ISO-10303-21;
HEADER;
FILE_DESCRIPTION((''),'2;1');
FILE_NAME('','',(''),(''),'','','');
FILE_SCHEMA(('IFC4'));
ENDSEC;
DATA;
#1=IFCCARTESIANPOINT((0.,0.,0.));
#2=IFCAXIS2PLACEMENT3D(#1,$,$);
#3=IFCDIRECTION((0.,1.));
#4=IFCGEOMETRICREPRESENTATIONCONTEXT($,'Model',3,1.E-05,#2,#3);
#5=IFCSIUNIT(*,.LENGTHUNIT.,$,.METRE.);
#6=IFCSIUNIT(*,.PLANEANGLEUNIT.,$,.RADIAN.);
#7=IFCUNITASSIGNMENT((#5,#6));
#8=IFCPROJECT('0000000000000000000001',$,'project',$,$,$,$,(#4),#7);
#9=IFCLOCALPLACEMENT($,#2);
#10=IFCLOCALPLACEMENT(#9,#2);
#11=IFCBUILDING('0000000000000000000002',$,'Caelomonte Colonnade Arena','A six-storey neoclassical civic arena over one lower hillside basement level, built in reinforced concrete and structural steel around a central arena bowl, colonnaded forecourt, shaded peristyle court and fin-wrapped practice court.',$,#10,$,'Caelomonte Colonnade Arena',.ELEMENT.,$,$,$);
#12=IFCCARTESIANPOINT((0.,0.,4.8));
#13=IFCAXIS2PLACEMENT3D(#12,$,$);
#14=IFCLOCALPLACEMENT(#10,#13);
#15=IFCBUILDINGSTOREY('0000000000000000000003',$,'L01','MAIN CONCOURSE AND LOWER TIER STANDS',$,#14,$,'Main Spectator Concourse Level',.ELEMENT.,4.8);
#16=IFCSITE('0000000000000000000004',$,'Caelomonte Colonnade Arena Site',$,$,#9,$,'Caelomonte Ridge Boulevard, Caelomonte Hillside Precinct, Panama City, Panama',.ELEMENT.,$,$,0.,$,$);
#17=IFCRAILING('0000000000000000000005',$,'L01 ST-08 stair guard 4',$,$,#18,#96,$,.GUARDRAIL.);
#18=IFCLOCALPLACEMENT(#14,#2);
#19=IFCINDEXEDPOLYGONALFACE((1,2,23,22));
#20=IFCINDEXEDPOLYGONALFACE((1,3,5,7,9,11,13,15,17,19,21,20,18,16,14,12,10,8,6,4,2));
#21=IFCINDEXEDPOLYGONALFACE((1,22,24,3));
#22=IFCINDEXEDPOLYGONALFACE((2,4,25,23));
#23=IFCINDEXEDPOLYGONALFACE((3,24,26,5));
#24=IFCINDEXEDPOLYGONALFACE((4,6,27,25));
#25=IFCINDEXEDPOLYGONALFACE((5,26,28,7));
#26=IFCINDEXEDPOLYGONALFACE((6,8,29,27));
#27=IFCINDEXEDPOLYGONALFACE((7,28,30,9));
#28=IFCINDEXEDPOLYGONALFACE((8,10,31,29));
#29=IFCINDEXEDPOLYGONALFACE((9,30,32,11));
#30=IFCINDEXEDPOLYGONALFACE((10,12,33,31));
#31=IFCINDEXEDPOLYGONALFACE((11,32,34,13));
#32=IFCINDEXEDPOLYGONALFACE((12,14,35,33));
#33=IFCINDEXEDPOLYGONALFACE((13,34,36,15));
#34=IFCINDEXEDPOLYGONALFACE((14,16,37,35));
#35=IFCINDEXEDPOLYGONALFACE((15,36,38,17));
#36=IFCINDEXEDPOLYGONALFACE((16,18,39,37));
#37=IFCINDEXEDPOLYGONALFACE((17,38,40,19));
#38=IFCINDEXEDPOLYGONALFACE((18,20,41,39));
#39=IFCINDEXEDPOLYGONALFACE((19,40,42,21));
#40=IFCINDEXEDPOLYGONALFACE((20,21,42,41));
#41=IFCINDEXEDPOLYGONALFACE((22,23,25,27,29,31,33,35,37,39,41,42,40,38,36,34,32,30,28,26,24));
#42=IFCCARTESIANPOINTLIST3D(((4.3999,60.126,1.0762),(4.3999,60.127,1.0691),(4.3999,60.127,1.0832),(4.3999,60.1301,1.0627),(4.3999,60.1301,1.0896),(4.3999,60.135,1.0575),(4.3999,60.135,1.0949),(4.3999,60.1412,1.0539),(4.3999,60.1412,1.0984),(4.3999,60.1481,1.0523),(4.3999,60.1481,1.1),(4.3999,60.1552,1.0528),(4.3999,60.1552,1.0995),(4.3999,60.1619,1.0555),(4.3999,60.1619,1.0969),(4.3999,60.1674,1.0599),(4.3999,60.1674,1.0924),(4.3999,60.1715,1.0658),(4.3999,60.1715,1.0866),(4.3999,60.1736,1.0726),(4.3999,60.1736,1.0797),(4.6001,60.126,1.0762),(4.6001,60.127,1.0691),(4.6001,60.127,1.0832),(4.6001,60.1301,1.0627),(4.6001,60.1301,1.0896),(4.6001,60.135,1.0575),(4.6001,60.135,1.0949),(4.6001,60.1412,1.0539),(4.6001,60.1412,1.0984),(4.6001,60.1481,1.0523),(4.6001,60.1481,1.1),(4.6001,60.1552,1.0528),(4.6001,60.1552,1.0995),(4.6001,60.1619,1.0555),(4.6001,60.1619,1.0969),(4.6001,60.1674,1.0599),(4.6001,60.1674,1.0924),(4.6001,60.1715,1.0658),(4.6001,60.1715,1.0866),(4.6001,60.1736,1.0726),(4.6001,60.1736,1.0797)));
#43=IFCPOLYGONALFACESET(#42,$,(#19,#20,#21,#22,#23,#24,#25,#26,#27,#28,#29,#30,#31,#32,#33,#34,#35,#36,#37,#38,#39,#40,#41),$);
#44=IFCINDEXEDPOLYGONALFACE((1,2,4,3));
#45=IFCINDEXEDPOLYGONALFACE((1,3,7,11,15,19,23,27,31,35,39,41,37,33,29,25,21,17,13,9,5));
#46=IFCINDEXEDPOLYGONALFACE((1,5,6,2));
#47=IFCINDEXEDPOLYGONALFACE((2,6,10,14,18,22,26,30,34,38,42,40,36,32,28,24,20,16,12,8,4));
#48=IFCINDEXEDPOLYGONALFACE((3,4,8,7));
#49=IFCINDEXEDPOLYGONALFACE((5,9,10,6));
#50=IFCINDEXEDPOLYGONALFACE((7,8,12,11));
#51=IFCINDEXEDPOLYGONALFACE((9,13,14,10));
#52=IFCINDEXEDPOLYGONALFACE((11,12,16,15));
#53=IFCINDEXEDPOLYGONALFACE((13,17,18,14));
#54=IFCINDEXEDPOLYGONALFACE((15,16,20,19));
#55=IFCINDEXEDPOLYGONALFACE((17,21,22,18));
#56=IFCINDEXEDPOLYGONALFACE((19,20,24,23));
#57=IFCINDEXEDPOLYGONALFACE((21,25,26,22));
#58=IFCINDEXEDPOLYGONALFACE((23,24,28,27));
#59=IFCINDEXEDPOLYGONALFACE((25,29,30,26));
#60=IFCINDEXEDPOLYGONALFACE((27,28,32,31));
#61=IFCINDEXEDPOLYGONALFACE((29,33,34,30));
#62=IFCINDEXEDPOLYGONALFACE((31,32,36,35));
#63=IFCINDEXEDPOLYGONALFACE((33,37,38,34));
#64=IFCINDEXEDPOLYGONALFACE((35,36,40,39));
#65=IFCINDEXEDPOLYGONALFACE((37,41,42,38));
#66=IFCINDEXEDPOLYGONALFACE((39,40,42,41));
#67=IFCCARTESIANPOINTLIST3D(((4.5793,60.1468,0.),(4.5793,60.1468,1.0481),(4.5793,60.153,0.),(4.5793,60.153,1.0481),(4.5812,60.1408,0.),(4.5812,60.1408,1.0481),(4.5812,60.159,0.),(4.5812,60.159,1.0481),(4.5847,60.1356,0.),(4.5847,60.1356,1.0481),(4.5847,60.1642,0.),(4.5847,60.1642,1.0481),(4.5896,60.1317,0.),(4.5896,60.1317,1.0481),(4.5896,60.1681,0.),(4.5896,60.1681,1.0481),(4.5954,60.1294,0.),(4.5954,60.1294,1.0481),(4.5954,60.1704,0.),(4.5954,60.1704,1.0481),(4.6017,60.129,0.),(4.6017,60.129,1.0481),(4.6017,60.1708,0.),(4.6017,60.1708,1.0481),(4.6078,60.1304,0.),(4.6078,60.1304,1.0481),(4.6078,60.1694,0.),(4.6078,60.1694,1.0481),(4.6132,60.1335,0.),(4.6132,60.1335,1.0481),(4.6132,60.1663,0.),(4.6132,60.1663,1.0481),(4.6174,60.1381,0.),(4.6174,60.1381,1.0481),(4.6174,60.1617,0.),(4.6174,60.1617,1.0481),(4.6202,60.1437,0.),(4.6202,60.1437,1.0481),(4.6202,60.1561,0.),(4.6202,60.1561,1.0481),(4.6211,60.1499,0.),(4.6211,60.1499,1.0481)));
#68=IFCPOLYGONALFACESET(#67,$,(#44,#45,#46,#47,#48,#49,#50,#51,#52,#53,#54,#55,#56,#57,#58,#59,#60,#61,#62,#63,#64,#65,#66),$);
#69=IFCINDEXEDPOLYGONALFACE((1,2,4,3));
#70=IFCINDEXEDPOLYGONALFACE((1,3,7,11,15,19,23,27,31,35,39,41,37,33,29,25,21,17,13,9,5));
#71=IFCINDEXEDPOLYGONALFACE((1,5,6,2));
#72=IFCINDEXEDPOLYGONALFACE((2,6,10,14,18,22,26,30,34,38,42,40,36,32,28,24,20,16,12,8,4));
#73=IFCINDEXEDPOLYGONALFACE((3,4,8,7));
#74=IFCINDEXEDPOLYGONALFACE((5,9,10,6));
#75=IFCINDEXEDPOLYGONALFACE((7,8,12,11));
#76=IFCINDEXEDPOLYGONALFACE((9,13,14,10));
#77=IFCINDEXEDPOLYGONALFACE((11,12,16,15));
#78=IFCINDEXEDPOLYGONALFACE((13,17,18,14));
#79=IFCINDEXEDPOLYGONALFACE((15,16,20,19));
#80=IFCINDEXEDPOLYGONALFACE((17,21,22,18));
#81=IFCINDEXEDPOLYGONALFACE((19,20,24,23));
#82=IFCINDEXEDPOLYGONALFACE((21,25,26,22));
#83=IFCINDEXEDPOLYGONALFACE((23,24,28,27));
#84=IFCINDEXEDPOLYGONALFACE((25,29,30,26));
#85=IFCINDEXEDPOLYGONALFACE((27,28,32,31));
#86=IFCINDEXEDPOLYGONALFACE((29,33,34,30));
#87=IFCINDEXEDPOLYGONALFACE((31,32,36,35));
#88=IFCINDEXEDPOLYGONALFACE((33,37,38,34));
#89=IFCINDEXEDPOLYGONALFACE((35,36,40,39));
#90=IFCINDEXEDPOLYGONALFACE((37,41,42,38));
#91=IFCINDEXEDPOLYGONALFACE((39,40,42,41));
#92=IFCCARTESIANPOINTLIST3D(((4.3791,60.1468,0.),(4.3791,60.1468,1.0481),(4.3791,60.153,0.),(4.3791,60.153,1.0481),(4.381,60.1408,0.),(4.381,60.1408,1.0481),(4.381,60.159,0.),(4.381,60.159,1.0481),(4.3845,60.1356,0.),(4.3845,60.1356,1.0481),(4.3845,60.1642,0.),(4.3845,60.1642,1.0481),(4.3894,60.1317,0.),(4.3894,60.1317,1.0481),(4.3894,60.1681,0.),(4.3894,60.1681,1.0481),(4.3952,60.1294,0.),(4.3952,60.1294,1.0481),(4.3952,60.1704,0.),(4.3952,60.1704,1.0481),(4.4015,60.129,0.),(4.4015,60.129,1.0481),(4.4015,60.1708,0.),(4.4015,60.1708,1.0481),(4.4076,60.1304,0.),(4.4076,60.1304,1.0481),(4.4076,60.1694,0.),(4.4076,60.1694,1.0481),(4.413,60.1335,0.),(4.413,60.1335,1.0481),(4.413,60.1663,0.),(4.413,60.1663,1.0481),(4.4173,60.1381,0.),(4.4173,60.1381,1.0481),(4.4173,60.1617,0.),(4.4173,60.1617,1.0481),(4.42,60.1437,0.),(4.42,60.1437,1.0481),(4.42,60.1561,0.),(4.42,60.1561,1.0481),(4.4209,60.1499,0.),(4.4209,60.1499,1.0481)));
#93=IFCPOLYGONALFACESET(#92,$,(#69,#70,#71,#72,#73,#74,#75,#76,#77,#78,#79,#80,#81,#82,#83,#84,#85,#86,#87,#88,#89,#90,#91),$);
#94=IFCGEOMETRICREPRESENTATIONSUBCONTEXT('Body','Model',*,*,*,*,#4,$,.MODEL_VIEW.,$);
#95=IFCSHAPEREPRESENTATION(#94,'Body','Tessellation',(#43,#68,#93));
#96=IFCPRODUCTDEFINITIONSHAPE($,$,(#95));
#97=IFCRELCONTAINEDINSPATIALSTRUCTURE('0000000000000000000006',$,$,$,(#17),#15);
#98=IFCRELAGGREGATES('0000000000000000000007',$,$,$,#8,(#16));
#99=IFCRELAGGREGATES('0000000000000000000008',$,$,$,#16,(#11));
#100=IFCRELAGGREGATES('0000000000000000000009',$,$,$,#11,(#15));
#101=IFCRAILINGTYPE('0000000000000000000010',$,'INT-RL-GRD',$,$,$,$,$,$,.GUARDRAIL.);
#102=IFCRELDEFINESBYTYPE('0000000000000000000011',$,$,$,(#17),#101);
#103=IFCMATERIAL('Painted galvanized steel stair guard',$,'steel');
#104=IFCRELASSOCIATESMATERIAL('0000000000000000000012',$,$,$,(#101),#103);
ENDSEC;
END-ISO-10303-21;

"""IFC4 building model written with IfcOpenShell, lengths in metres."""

from ifc_helpers import new_model, si_unit, direction, frame, origin, origin_2d, place, context, subcontext, project, spatial, circle, extrude, material, type_object, element, save


model = new_model("IFC4")

# Units and contexts
model_context = context("Model", 3, precision=1e-05, world=origin(), true_north=direction((0.0, 1.0)))
body_context = subcontext(model_context, "Body", "Model", "MODEL_VIEW")
ifc_project = project(units=[si_unit("LENGTHUNIT", "METRE"), si_unit("PLANEANGLEUNIT", "RADIAN")], contexts=[model_context])

# Site, building, storey
site_placement = place(None, origin())
site = spatial("IfcSite", under=ifc_project, at=site_placement, Name="Caelomonte Colonnade Arena Site", LongName="Caelomonte Ridge Boulevard, Caelomonte Hillside Precinct, Panama City, Panama", CompositionType="ELEMENT", RefElevation=0.0)
building_placement = place(site_placement, origin())
building = spatial("IfcBuilding", under=site, at=building_placement, Name="Caelomonte Colonnade Arena", Description="A six-storey neoclassical civic arena over one lower hillside basement level, built in reinforced concrete and structural steel around a central arena bowl, colonnaded forecourt, shaded peristyle court and fin-wrapped practice court.", LongName="Caelomonte Colonnade Arena", CompositionType="ELEMENT")
storey_placement = place(building_placement, frame((0.0, 0.0, 4.8)))
storey = spatial("IfcBuildingStorey", under=building, at=storey_placement, Name="L01", Description="MAIN CONCOURSE AND LOWER TIER STANDS", LongName="Main Spectator Concourse Level", CompositionType="ELEMENT", Elevation=4.8)

# Railing
ifc_material_1 = material(Name="Painted galvanized steel stair guard", Category="steel")
railing_type_1 = type_object("IfcRailingType", Name="INT-RL-GRD", PredefinedType="GUARDRAIL", material=ifc_material_1)
railing_1_placement = place(storey_placement, frame((4.6001, 60.1499, 0.0)))
element("IfcRailing", 1, at=railing_1_placement, inside=storey, type_object=railing_type_1, Name="L01 ST-08 stair guard 4", PredefinedType="GUARDRAIL", context=body_context, shape_type="SweptSolid", body=[
    extrude(circle(Radius=0.0239, at=origin_2d()), frame((0.0, 0.0, 1.0762), z_axis=(-1.0, 0.0, 0.0), x_axis=(0.0, -1.0, 0.0)), (0.0, 0.0, 1.0), 0.2002),
    extrude(circle(Radius=0.021, at=origin_2d()), origin(), (0.0, 0.0, 1.0), 1.0481),
    extrude(circle(Radius=0.021, at=origin_2d()), frame((-0.2002, 0.0, 0.0)), (0.0, 0.0, 1.0), 1.0481),
])

save(model, "model.ifc")
